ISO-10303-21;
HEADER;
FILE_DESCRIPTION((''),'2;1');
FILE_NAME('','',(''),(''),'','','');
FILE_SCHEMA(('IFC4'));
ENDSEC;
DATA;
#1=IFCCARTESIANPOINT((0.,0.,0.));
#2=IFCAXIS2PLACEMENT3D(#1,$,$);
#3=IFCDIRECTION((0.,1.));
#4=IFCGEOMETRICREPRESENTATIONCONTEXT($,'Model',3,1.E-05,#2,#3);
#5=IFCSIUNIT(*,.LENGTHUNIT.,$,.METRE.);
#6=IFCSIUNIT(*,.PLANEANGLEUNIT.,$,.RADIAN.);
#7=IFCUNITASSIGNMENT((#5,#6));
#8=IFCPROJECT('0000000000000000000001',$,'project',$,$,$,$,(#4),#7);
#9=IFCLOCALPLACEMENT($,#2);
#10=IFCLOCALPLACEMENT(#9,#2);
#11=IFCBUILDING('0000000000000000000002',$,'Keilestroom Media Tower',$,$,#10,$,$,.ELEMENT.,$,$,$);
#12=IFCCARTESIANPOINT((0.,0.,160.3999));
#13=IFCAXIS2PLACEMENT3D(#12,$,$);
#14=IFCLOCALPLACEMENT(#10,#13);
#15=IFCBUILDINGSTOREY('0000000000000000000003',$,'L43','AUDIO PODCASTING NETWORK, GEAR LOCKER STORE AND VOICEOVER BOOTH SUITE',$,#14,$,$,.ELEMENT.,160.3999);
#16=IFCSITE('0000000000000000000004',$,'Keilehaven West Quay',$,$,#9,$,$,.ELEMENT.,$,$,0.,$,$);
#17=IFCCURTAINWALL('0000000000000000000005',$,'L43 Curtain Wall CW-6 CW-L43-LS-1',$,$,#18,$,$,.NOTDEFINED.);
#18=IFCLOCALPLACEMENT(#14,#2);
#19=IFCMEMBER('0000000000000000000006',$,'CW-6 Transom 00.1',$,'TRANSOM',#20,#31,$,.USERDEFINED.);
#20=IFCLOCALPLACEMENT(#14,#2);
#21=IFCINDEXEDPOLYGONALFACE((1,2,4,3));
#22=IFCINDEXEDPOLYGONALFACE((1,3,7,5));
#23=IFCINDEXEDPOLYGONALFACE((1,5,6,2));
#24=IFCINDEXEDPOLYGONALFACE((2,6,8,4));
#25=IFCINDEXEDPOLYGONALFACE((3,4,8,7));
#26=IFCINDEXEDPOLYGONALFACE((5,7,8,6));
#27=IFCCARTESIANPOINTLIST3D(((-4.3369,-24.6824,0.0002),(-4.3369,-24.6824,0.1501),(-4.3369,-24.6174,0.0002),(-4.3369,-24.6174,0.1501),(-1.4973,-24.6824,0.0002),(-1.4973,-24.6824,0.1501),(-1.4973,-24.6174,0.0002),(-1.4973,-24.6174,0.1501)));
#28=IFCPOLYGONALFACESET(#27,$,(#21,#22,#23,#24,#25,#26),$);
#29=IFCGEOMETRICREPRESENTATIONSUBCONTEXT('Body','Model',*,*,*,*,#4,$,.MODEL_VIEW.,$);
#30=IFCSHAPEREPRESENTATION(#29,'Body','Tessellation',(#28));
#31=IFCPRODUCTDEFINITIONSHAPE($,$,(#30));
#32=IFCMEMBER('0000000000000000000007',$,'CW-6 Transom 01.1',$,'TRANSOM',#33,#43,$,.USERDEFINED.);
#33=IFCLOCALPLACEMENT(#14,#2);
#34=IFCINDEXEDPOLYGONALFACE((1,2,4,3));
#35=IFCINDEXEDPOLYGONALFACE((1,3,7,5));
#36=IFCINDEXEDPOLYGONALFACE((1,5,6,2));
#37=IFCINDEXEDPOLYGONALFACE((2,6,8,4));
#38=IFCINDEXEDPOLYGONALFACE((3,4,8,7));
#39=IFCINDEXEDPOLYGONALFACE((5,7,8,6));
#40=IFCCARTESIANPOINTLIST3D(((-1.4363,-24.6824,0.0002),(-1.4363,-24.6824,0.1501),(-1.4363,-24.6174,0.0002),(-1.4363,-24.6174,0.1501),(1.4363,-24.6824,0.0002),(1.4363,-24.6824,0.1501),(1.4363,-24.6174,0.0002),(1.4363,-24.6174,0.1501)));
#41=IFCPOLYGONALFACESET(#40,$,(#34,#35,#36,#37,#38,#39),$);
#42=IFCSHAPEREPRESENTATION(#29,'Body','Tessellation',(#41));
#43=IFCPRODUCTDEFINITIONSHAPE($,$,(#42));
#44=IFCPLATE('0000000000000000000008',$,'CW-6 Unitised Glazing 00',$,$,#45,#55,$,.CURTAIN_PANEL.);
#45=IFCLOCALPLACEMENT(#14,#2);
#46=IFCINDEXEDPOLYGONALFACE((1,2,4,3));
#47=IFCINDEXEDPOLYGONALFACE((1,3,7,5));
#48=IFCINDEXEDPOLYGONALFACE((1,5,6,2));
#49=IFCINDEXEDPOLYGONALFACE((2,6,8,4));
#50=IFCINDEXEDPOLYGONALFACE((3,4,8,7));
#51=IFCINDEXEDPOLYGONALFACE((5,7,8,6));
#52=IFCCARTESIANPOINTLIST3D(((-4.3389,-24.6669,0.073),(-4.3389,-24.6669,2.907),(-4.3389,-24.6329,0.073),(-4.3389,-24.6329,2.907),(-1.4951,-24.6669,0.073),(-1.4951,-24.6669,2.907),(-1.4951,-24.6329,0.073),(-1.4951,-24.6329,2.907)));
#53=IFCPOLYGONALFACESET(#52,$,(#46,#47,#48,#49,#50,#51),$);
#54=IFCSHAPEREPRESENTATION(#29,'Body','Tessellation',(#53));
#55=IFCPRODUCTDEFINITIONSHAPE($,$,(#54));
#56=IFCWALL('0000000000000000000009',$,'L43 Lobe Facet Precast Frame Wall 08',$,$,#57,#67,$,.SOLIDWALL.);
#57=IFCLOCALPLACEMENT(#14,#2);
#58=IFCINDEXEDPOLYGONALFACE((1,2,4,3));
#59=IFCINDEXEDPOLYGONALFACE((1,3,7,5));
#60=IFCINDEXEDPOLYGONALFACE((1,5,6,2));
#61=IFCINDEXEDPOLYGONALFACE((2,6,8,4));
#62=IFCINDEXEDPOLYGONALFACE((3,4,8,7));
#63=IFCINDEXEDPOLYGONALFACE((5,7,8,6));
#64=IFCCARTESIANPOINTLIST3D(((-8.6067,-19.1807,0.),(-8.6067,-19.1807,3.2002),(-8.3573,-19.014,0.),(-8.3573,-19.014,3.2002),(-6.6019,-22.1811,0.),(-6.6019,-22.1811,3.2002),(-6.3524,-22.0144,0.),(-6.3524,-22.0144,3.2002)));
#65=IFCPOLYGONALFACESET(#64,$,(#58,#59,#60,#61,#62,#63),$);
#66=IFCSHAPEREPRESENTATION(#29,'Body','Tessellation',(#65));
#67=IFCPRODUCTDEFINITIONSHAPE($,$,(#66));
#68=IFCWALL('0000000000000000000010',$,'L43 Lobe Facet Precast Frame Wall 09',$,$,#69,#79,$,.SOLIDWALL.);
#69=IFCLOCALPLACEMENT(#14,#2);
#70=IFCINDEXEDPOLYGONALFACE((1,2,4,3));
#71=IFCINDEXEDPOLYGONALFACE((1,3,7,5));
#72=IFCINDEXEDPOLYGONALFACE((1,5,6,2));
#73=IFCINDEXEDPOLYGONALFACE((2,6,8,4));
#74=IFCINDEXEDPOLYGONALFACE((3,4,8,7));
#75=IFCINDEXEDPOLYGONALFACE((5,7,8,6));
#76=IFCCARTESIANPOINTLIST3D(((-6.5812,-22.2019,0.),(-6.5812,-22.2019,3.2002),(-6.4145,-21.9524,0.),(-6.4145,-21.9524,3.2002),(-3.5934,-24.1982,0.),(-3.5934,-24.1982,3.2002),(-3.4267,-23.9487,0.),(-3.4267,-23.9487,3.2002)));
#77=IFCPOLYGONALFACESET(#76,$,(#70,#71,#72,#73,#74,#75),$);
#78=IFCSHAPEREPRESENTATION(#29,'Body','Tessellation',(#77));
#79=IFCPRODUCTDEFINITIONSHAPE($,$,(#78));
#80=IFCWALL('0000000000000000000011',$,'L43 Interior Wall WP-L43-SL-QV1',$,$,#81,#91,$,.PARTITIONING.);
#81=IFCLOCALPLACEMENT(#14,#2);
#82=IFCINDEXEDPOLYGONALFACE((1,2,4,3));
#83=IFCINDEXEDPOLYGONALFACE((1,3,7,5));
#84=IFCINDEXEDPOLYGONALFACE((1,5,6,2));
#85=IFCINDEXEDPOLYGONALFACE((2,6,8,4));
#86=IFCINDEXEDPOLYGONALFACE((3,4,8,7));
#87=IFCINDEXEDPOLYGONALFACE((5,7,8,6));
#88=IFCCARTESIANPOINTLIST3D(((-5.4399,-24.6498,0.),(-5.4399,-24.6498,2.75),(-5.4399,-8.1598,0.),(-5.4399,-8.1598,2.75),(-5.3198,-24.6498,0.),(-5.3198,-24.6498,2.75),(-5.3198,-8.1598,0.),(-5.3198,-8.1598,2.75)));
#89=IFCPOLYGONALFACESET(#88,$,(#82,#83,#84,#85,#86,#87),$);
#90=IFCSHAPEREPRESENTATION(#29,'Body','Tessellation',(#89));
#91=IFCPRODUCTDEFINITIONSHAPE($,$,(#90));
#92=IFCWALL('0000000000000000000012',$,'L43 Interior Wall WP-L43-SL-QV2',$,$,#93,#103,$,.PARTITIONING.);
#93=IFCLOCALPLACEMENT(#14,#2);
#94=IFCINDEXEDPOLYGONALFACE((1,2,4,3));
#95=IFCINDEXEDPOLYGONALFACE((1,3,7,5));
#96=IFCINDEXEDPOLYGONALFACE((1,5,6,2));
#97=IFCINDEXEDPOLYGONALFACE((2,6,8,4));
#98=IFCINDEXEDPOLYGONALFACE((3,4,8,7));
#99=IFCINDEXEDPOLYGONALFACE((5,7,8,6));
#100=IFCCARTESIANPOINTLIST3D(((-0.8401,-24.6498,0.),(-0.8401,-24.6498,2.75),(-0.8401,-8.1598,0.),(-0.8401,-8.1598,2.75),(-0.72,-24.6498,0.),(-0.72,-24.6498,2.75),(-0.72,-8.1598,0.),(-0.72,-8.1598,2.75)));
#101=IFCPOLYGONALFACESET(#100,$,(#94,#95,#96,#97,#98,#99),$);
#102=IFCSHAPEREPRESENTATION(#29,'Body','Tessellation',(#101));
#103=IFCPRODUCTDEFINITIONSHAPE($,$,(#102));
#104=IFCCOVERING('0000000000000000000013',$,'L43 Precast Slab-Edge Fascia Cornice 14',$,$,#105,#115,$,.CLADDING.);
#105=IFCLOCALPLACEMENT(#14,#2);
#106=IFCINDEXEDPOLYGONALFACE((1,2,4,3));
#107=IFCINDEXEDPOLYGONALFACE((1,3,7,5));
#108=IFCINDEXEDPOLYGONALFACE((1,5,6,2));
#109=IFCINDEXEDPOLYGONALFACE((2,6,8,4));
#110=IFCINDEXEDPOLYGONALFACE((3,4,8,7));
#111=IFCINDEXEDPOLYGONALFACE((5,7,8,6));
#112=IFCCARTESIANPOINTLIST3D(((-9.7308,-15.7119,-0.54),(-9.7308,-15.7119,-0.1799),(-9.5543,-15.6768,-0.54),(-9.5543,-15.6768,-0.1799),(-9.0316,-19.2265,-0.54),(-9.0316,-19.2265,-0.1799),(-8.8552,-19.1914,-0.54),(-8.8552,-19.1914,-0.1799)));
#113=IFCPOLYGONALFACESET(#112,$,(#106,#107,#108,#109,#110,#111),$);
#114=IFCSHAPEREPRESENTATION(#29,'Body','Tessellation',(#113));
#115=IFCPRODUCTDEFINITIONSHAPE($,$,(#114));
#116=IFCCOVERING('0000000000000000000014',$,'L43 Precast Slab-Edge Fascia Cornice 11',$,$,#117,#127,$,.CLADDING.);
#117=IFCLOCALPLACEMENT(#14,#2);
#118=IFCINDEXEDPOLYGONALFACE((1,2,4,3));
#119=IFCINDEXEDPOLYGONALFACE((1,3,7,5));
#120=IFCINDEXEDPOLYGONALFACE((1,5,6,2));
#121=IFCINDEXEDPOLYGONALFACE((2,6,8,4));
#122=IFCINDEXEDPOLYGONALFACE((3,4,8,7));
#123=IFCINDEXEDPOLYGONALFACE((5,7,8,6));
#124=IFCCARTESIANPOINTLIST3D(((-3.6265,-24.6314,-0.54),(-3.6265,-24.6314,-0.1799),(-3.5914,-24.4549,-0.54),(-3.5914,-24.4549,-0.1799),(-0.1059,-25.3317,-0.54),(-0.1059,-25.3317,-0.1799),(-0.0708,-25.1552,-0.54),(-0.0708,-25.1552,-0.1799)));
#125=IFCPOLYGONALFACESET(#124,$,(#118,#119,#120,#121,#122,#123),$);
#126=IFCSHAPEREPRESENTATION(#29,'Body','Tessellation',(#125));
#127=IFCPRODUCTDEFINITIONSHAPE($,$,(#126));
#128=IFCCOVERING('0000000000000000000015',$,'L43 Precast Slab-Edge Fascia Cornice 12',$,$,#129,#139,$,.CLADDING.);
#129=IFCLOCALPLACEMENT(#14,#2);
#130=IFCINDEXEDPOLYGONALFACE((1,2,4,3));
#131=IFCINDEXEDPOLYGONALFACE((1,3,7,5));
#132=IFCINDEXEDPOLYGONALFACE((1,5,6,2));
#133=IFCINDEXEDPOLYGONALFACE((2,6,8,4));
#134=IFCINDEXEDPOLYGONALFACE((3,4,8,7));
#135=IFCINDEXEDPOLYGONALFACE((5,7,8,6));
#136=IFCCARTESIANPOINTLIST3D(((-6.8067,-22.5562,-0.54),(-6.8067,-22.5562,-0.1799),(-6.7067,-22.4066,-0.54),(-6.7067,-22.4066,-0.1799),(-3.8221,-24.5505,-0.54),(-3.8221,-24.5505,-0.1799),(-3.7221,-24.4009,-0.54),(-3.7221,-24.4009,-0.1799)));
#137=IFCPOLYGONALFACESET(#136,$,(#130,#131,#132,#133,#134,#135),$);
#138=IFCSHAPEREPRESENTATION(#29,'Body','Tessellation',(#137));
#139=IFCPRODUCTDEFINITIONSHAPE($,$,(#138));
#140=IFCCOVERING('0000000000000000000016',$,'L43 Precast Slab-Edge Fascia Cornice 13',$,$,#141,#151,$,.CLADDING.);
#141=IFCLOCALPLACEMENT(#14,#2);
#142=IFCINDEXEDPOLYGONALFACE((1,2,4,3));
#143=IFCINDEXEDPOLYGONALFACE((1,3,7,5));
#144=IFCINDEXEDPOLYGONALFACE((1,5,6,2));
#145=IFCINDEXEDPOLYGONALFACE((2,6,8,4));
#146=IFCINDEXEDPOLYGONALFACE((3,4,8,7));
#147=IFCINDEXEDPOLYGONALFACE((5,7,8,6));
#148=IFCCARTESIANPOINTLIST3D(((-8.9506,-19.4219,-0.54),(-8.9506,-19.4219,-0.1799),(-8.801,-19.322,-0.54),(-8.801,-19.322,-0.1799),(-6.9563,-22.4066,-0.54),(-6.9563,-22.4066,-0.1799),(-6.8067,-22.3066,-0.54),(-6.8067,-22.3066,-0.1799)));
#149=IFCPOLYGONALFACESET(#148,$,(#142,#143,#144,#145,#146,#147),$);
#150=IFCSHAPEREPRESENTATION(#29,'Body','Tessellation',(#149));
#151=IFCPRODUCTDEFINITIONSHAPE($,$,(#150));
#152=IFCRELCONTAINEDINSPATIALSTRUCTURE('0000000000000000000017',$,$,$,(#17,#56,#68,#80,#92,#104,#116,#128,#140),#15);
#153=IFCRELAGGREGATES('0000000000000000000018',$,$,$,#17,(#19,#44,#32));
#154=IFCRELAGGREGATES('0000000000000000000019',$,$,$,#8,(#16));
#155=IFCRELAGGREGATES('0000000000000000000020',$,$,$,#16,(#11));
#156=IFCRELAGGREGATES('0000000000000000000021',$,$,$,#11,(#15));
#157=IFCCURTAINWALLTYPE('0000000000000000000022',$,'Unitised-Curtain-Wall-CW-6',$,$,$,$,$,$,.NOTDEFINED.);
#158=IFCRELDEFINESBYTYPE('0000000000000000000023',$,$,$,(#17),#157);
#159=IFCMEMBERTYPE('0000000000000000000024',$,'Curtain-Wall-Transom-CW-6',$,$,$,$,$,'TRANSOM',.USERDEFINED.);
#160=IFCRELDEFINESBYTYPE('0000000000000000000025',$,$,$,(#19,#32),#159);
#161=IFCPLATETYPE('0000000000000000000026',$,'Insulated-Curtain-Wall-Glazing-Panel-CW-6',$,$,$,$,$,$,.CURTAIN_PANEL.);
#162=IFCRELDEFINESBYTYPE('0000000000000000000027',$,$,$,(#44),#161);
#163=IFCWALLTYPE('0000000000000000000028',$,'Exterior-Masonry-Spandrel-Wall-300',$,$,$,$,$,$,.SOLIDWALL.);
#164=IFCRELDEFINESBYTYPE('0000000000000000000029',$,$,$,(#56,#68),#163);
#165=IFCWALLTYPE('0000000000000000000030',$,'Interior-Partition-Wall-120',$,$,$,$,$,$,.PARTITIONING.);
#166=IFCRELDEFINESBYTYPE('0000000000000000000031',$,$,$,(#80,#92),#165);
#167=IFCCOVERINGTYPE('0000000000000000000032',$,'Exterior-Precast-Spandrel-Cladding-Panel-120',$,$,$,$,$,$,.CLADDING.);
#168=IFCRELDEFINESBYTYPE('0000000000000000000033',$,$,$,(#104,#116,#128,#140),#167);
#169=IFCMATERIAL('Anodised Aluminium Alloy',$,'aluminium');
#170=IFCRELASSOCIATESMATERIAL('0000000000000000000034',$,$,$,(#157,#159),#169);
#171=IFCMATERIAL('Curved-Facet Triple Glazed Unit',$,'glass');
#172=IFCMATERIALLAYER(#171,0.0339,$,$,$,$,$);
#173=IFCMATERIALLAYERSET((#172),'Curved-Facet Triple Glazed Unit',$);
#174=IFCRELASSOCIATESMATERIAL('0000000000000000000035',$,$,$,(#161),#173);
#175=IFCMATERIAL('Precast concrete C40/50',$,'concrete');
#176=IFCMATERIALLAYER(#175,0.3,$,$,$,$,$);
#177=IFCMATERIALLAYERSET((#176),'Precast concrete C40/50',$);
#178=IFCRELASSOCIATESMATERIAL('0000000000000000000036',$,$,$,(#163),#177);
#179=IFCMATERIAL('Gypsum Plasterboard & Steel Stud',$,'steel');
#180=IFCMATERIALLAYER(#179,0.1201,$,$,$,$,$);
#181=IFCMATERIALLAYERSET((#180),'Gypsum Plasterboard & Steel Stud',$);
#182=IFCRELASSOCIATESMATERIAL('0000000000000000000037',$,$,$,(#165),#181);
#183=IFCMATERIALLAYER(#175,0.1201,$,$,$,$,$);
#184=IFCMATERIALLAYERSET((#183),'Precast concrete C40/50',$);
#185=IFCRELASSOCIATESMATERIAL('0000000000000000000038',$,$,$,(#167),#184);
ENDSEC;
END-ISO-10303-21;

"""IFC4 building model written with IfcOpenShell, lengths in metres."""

from ifc_helpers import new_model, si_unit, direction, frame, frame_2d, origin, origin_2d, place, context, subcontext, project, spatial, rectangle, extrude, source, transform, mapped, material, layer, layer_set, material_profile, profile_set, type_object, element, aggregate, save


model = new_model("IFC4")

# Units and contexts
model_context = context("Model", 3, precision=1e-05, world=origin(), true_north=direction((0.0, 1.0)))
body_context = subcontext(model_context, "Body", "Model", "MODEL_VIEW")
ifc_project = project(units=[si_unit("LENGTHUNIT", "METRE"), si_unit("PLANEANGLEUNIT", "RADIAN")], contexts=[model_context])

# Site, building, storey
site_placement = place(None, origin())
site = spatial("IfcSite", under=ifc_project, at=site_placement, Name="Keilehaven West Quay", CompositionType="ELEMENT", RefElevation=0.0)
building_placement = place(site_placement, origin())
building = spatial("IfcBuilding", under=site, at=building_placement, Name="Keilestroom Media Tower", CompositionType="ELEMENT")
storey_placement = place(building_placement, frame((0.0, 0.0, 160.3999)))
storey = spatial("IfcBuildingStorey", under=building, at=storey_placement, Name="L43", Description="AUDIO PODCASTING NETWORK, GEAR LOCKER STORE AND VOICEOVER BOOTH SUITE", CompositionType="ELEMENT", Elevation=160.3999)

# Curtain wall, members, plate
ifc_material_1 = material(Name="Anodised Aluminium Alloy", Category="aluminium")
curtain_wall_type = type_object("IfcCurtainWallType", Name="Unitised-Curtain-Wall-CW-6", PredefinedType="NOTDEFINED", material=ifc_material_1)
curtain_wall_placement = place(storey_placement, origin())
curtain_wall = element("IfcCurtainWall", 1, at=curtain_wall_placement, inside=storey, type_object=curtain_wall_type, Name="L43 Curtain Wall CW-6 CW-L43-LS-1", PredefinedType="NOTDEFINED")
ifc_material_profile_1 = material_profile(ifc_material_1, rectangle(XDim=0.0649, YDim=0.1499, at=origin_2d()), Name="ALU TRANSOM 65x150")
ifc_profile_set_1 = profile_set([ifc_material_profile_1], Name="Anodised Aluminium Alloy")
member_type_1 = type_object("IfcMemberType", Name="Curtain-Wall-Transom-CW-6", ElementType="TRANSOM", PredefinedType="USERDEFINED", material=ifc_profile_set_1)
shared_shape_1 = source(origin(), body_context, "Body", "SweptSolid", [
    extrude(rectangle(XDim=0.0649, YDim=0.1499, at=origin_2d()), origin(), (0.0, 0.0, 1.0), 2.8396),
])
member_1_placement = place(storey_placement, frame((-4.3369, -24.6499, 0.0752), z_axis=(1.0, 0.0, 0.0), x_axis=(0.0, 1.0, 0.0)))
member_1 = element("IfcMember", 2, at=member_1_placement, type_object=member_type_1, Name="CW-6 Transom 00.1", ObjectType="TRANSOM", PredefinedType="USERDEFINED", context=body_context, shape_type="MappedRepresentation", body=[
    mapped(shared_shape_1, transform((0.0, 0.0, 0.0), x_axis=(1.0, 0.0, 0.0), y_axis=(0.0, 1.0, 0.0), z_axis=(0.0, 0.0, 1.0), scale=1.0)),
])
shared_shape_2 = source(origin(), body_context, "Body", "SweptSolid", [
    extrude(rectangle(XDim=0.0649, YDim=0.1499, at=origin_2d()), origin(), (0.0, 0.0, 1.0), 2.8726),
])
member_2_placement = place(storey_placement, frame((-1.4363, -24.6499, 0.0752), z_axis=(1.0, 0.0, 0.0), x_axis=(0.0, 1.0, 0.0)))
member_2 = element("IfcMember", 3, at=member_2_placement, type_object=member_type_1, Name="CW-6 Transom 01.1", ObjectType="TRANSOM", PredefinedType="USERDEFINED", context=body_context, shape_type="MappedRepresentation", body=[
    mapped(shared_shape_2, transform((0.0, 0.0, 0.0), x_axis=(1.0, 0.0, 0.0), y_axis=(0.0, 1.0, 0.0), z_axis=(0.0, 0.0, 1.0), scale=1.0)),
])
ifc_material_2 = material(Name="Curved-Facet Triple Glazed Unit", Category="glass")
ifc_layer_1 = layer(ifc_material_2, 0.0339)
ifc_layer_set_1 = layer_set([ifc_layer_1], Name="Curved-Facet Triple Glazed Unit")
plate_type = type_object("IfcPlateType", Name="Insulated-Curtain-Wall-Glazing-Panel-CW-6", PredefinedType="CURTAIN_PANEL", material=ifc_layer_set_1)
shared_shape_3 = source(origin(), body_context, "Body", "SweptSolid", [
    extrude(rectangle(XDim=2.8438, YDim=0.0339, at=origin_2d()), origin(), (0.0, 0.0, 1.0), 2.834),
])
plate_placement = place(storey_placement, frame((-2.917, -24.6499, 0.073), z_axis=(0.0, 0.0, 1.0), x_axis=(1.0, 0.0, 0.0)))
plate = element("IfcPlate", 4, at=plate_placement, type_object=plate_type, Name="CW-6 Unitised Glazing 00", PredefinedType="CURTAIN_PANEL", context=body_context, shape_type="MappedRepresentation", body=[
    mapped(shared_shape_3, transform((0.0, 0.0, 0.0), x_axis=(1.0, 0.0, 0.0), y_axis=(0.0, 1.0, 0.0), z_axis=(0.0, 0.0, 1.0), scale=1.0)),
])
aggregate(curtain_wall, [member_1, plate, member_2])

# Walls
ifc_material_3 = material(Name="Precast concrete C40/50", Category="concrete")
ifc_layer_2 = layer(ifc_material_3, 0.3)
ifc_layer_set_2 = layer_set([ifc_layer_2], Name="Precast concrete C40/50")
wall_type_1 = type_object("IfcWallType", Name="Exterior-Masonry-Spandrel-Wall-300", PredefinedType="SOLIDWALL", material=ifc_layer_set_2)
wall_1_placement = place(storey_placement, frame((-8.4819, -19.0974, 0.0), z_axis=(0.0, 0.0, 1.0), x_axis=(0.555574, -0.831467, 0.0)))
element("IfcWall", 5, at=wall_1_placement, inside=storey, type_object=wall_type_1, Name="L43 Lobe Facet Precast Frame Wall 08", PredefinedType="SOLIDWALL", context=body_context, shape_type="SweptSolid", body=[
    extrude(rectangle(XDim=3.6086, YDim=0.3, at=frame_2d((1.8042, 0.0))), origin(), (0.0, 0.0, 1.0), 3.2002),
])
wall_2_placement = place(storey_placement, frame((-6.4978, -22.0771, 0.0), z_axis=(0.0, 0.0, 1.0), x_axis=(0.831475, -0.555562, 0.0)))
element("IfcWall", 6, at=wall_2_placement, inside=storey, type_object=wall_type_1, Name="L43 Lobe Facet Precast Frame Wall 09", PredefinedType="SOLIDWALL", context=body_context, shape_type="SweptSolid", body=[
    extrude(rectangle(XDim=3.5933, YDim=0.3, at=frame_2d((1.7966, 0.0))), origin(), (0.0, 0.0, 1.0), 3.2002),
])
ifc_material_4 = material(Name="Gypsum Plasterboard & Steel Stud", Category="steel")
ifc_layer_3 = layer(ifc_material_4, 0.1201)
ifc_layer_set_3 = layer_set([ifc_layer_3], Name="Gypsum Plasterboard & Steel Stud")
wall_type_2 = type_object("IfcWallType", Name="Interior-Partition-Wall-120", PredefinedType="PARTITIONING", material=ifc_layer_set_3)
for number, where, z_axis, x_axis, name in (
    (7, (-5.3799, -24.6499, 0.0), (0.0, 0.0, 1.0), (0.0, 1.0, 0.0), "L43 Interior Wall WP-L43-SL-QV1"),
    (8, (-0.78, -24.6499, 0.0), (0.0, 0.0, 1.0), (0.0, 1.0, 0.0), "L43 Interior Wall WP-L43-SL-QV2"),
):
    element("IfcWall", number, at=place(storey_placement, frame(where, z_axis=z_axis, x_axis=x_axis)), inside=storey, type_object=wall_type_2, Name=name, PredefinedType="PARTITIONING", context=body_context, shape_type="SweptSolid", body=[
        extrude(rectangle(XDim=16.49, YDim=0.1201, at=frame_2d((8.2451, 0.0))), origin(), (0.0, 0.0, 1.0), 2.75),
    ])

# Coverings
ifc_layer_4 = layer(ifc_material_3, 0.1201)
ifc_layer_set_4 = layer_set([ifc_layer_4], Name="Precast concrete C40/50")
covering_type = type_object("IfcCoveringType", Name="Exterior-Precast-Spandrel-Cladding-Panel-120", PredefinedType="CLADDING", material=ifc_layer_set_4)
shared_shape_4 = source(origin(), body_context, "Body", "SweptSolid", [
    extrude(rectangle(XDim=3.5835, YDim=0.1799, at=origin_2d()), origin(), (0.0, 0.0, 1.0), 0.3601),
])
covering_placement = place(storey_placement, frame((-9.293, -17.4517, -0.54), z_axis=(0.0, 0.0, 1.0), x_axis=(-0.195099, 0.980784, 0.0)))
element("IfcCovering", 9, at=covering_placement, inside=storey, type_object=covering_type, Name="L43 Precast Slab-Edge Fascia Cornice 14", PredefinedType="CLADDING", context=body_context, shape_type="MappedRepresentation", body=[
    mapped(shared_shape_4, transform((0.0, 0.0, 0.0), x_axis=(1.0, 0.0, 0.0), y_axis=(0.0, 1.0, 0.0), z_axis=(0.0, 0.0, 1.0), scale=1.0)),
])
shared_shape_5 = source(origin(), body_context, "Body", "SweptSolid", [
    extrude(rectangle(XDim=3.5896, YDim=0.1799, at=origin_2d()), origin(), (0.0, 0.0, 1.0), 0.3601),
])
for number, where, z_axis, x_axis, name in (
    (10, (-1.8486, -24.8933, -0.54), (0.0, 0.0, 1.0), (-0.980784, 0.195099, 0.0), "L43 Precast Slab-Edge Fascia Cornice 11"),
    (11, (-5.2644, -23.4785, -0.54), (0.0, 0.0, 1.0), (-0.831467, 0.555575, 0.0), "L43 Precast Slab-Edge Fascia Cornice 12"),
    (12, (-7.8787, -20.8643, -0.54), (0.0, 0.0, 1.0), (-0.555575, 0.831467, 0.0), "L43 Precast Slab-Edge Fascia Cornice 13"),
):
    element("IfcCovering", number, at=place(storey_placement, frame(where, z_axis=z_axis, x_axis=x_axis)), inside=storey, type_object=covering_type, Name=name, PredefinedType="CLADDING", context=body_context, shape_type="MappedRepresentation", body=[
        mapped(shared_shape_5, transform((0.0, 0.0, 0.0), x_axis=(1.0, 0.0, 0.0), y_axis=(0.0, 1.0, 0.0), z_axis=(0.0, 0.0, 1.0), scale=1.0)),
    ])

save(model, "model.ifc")
